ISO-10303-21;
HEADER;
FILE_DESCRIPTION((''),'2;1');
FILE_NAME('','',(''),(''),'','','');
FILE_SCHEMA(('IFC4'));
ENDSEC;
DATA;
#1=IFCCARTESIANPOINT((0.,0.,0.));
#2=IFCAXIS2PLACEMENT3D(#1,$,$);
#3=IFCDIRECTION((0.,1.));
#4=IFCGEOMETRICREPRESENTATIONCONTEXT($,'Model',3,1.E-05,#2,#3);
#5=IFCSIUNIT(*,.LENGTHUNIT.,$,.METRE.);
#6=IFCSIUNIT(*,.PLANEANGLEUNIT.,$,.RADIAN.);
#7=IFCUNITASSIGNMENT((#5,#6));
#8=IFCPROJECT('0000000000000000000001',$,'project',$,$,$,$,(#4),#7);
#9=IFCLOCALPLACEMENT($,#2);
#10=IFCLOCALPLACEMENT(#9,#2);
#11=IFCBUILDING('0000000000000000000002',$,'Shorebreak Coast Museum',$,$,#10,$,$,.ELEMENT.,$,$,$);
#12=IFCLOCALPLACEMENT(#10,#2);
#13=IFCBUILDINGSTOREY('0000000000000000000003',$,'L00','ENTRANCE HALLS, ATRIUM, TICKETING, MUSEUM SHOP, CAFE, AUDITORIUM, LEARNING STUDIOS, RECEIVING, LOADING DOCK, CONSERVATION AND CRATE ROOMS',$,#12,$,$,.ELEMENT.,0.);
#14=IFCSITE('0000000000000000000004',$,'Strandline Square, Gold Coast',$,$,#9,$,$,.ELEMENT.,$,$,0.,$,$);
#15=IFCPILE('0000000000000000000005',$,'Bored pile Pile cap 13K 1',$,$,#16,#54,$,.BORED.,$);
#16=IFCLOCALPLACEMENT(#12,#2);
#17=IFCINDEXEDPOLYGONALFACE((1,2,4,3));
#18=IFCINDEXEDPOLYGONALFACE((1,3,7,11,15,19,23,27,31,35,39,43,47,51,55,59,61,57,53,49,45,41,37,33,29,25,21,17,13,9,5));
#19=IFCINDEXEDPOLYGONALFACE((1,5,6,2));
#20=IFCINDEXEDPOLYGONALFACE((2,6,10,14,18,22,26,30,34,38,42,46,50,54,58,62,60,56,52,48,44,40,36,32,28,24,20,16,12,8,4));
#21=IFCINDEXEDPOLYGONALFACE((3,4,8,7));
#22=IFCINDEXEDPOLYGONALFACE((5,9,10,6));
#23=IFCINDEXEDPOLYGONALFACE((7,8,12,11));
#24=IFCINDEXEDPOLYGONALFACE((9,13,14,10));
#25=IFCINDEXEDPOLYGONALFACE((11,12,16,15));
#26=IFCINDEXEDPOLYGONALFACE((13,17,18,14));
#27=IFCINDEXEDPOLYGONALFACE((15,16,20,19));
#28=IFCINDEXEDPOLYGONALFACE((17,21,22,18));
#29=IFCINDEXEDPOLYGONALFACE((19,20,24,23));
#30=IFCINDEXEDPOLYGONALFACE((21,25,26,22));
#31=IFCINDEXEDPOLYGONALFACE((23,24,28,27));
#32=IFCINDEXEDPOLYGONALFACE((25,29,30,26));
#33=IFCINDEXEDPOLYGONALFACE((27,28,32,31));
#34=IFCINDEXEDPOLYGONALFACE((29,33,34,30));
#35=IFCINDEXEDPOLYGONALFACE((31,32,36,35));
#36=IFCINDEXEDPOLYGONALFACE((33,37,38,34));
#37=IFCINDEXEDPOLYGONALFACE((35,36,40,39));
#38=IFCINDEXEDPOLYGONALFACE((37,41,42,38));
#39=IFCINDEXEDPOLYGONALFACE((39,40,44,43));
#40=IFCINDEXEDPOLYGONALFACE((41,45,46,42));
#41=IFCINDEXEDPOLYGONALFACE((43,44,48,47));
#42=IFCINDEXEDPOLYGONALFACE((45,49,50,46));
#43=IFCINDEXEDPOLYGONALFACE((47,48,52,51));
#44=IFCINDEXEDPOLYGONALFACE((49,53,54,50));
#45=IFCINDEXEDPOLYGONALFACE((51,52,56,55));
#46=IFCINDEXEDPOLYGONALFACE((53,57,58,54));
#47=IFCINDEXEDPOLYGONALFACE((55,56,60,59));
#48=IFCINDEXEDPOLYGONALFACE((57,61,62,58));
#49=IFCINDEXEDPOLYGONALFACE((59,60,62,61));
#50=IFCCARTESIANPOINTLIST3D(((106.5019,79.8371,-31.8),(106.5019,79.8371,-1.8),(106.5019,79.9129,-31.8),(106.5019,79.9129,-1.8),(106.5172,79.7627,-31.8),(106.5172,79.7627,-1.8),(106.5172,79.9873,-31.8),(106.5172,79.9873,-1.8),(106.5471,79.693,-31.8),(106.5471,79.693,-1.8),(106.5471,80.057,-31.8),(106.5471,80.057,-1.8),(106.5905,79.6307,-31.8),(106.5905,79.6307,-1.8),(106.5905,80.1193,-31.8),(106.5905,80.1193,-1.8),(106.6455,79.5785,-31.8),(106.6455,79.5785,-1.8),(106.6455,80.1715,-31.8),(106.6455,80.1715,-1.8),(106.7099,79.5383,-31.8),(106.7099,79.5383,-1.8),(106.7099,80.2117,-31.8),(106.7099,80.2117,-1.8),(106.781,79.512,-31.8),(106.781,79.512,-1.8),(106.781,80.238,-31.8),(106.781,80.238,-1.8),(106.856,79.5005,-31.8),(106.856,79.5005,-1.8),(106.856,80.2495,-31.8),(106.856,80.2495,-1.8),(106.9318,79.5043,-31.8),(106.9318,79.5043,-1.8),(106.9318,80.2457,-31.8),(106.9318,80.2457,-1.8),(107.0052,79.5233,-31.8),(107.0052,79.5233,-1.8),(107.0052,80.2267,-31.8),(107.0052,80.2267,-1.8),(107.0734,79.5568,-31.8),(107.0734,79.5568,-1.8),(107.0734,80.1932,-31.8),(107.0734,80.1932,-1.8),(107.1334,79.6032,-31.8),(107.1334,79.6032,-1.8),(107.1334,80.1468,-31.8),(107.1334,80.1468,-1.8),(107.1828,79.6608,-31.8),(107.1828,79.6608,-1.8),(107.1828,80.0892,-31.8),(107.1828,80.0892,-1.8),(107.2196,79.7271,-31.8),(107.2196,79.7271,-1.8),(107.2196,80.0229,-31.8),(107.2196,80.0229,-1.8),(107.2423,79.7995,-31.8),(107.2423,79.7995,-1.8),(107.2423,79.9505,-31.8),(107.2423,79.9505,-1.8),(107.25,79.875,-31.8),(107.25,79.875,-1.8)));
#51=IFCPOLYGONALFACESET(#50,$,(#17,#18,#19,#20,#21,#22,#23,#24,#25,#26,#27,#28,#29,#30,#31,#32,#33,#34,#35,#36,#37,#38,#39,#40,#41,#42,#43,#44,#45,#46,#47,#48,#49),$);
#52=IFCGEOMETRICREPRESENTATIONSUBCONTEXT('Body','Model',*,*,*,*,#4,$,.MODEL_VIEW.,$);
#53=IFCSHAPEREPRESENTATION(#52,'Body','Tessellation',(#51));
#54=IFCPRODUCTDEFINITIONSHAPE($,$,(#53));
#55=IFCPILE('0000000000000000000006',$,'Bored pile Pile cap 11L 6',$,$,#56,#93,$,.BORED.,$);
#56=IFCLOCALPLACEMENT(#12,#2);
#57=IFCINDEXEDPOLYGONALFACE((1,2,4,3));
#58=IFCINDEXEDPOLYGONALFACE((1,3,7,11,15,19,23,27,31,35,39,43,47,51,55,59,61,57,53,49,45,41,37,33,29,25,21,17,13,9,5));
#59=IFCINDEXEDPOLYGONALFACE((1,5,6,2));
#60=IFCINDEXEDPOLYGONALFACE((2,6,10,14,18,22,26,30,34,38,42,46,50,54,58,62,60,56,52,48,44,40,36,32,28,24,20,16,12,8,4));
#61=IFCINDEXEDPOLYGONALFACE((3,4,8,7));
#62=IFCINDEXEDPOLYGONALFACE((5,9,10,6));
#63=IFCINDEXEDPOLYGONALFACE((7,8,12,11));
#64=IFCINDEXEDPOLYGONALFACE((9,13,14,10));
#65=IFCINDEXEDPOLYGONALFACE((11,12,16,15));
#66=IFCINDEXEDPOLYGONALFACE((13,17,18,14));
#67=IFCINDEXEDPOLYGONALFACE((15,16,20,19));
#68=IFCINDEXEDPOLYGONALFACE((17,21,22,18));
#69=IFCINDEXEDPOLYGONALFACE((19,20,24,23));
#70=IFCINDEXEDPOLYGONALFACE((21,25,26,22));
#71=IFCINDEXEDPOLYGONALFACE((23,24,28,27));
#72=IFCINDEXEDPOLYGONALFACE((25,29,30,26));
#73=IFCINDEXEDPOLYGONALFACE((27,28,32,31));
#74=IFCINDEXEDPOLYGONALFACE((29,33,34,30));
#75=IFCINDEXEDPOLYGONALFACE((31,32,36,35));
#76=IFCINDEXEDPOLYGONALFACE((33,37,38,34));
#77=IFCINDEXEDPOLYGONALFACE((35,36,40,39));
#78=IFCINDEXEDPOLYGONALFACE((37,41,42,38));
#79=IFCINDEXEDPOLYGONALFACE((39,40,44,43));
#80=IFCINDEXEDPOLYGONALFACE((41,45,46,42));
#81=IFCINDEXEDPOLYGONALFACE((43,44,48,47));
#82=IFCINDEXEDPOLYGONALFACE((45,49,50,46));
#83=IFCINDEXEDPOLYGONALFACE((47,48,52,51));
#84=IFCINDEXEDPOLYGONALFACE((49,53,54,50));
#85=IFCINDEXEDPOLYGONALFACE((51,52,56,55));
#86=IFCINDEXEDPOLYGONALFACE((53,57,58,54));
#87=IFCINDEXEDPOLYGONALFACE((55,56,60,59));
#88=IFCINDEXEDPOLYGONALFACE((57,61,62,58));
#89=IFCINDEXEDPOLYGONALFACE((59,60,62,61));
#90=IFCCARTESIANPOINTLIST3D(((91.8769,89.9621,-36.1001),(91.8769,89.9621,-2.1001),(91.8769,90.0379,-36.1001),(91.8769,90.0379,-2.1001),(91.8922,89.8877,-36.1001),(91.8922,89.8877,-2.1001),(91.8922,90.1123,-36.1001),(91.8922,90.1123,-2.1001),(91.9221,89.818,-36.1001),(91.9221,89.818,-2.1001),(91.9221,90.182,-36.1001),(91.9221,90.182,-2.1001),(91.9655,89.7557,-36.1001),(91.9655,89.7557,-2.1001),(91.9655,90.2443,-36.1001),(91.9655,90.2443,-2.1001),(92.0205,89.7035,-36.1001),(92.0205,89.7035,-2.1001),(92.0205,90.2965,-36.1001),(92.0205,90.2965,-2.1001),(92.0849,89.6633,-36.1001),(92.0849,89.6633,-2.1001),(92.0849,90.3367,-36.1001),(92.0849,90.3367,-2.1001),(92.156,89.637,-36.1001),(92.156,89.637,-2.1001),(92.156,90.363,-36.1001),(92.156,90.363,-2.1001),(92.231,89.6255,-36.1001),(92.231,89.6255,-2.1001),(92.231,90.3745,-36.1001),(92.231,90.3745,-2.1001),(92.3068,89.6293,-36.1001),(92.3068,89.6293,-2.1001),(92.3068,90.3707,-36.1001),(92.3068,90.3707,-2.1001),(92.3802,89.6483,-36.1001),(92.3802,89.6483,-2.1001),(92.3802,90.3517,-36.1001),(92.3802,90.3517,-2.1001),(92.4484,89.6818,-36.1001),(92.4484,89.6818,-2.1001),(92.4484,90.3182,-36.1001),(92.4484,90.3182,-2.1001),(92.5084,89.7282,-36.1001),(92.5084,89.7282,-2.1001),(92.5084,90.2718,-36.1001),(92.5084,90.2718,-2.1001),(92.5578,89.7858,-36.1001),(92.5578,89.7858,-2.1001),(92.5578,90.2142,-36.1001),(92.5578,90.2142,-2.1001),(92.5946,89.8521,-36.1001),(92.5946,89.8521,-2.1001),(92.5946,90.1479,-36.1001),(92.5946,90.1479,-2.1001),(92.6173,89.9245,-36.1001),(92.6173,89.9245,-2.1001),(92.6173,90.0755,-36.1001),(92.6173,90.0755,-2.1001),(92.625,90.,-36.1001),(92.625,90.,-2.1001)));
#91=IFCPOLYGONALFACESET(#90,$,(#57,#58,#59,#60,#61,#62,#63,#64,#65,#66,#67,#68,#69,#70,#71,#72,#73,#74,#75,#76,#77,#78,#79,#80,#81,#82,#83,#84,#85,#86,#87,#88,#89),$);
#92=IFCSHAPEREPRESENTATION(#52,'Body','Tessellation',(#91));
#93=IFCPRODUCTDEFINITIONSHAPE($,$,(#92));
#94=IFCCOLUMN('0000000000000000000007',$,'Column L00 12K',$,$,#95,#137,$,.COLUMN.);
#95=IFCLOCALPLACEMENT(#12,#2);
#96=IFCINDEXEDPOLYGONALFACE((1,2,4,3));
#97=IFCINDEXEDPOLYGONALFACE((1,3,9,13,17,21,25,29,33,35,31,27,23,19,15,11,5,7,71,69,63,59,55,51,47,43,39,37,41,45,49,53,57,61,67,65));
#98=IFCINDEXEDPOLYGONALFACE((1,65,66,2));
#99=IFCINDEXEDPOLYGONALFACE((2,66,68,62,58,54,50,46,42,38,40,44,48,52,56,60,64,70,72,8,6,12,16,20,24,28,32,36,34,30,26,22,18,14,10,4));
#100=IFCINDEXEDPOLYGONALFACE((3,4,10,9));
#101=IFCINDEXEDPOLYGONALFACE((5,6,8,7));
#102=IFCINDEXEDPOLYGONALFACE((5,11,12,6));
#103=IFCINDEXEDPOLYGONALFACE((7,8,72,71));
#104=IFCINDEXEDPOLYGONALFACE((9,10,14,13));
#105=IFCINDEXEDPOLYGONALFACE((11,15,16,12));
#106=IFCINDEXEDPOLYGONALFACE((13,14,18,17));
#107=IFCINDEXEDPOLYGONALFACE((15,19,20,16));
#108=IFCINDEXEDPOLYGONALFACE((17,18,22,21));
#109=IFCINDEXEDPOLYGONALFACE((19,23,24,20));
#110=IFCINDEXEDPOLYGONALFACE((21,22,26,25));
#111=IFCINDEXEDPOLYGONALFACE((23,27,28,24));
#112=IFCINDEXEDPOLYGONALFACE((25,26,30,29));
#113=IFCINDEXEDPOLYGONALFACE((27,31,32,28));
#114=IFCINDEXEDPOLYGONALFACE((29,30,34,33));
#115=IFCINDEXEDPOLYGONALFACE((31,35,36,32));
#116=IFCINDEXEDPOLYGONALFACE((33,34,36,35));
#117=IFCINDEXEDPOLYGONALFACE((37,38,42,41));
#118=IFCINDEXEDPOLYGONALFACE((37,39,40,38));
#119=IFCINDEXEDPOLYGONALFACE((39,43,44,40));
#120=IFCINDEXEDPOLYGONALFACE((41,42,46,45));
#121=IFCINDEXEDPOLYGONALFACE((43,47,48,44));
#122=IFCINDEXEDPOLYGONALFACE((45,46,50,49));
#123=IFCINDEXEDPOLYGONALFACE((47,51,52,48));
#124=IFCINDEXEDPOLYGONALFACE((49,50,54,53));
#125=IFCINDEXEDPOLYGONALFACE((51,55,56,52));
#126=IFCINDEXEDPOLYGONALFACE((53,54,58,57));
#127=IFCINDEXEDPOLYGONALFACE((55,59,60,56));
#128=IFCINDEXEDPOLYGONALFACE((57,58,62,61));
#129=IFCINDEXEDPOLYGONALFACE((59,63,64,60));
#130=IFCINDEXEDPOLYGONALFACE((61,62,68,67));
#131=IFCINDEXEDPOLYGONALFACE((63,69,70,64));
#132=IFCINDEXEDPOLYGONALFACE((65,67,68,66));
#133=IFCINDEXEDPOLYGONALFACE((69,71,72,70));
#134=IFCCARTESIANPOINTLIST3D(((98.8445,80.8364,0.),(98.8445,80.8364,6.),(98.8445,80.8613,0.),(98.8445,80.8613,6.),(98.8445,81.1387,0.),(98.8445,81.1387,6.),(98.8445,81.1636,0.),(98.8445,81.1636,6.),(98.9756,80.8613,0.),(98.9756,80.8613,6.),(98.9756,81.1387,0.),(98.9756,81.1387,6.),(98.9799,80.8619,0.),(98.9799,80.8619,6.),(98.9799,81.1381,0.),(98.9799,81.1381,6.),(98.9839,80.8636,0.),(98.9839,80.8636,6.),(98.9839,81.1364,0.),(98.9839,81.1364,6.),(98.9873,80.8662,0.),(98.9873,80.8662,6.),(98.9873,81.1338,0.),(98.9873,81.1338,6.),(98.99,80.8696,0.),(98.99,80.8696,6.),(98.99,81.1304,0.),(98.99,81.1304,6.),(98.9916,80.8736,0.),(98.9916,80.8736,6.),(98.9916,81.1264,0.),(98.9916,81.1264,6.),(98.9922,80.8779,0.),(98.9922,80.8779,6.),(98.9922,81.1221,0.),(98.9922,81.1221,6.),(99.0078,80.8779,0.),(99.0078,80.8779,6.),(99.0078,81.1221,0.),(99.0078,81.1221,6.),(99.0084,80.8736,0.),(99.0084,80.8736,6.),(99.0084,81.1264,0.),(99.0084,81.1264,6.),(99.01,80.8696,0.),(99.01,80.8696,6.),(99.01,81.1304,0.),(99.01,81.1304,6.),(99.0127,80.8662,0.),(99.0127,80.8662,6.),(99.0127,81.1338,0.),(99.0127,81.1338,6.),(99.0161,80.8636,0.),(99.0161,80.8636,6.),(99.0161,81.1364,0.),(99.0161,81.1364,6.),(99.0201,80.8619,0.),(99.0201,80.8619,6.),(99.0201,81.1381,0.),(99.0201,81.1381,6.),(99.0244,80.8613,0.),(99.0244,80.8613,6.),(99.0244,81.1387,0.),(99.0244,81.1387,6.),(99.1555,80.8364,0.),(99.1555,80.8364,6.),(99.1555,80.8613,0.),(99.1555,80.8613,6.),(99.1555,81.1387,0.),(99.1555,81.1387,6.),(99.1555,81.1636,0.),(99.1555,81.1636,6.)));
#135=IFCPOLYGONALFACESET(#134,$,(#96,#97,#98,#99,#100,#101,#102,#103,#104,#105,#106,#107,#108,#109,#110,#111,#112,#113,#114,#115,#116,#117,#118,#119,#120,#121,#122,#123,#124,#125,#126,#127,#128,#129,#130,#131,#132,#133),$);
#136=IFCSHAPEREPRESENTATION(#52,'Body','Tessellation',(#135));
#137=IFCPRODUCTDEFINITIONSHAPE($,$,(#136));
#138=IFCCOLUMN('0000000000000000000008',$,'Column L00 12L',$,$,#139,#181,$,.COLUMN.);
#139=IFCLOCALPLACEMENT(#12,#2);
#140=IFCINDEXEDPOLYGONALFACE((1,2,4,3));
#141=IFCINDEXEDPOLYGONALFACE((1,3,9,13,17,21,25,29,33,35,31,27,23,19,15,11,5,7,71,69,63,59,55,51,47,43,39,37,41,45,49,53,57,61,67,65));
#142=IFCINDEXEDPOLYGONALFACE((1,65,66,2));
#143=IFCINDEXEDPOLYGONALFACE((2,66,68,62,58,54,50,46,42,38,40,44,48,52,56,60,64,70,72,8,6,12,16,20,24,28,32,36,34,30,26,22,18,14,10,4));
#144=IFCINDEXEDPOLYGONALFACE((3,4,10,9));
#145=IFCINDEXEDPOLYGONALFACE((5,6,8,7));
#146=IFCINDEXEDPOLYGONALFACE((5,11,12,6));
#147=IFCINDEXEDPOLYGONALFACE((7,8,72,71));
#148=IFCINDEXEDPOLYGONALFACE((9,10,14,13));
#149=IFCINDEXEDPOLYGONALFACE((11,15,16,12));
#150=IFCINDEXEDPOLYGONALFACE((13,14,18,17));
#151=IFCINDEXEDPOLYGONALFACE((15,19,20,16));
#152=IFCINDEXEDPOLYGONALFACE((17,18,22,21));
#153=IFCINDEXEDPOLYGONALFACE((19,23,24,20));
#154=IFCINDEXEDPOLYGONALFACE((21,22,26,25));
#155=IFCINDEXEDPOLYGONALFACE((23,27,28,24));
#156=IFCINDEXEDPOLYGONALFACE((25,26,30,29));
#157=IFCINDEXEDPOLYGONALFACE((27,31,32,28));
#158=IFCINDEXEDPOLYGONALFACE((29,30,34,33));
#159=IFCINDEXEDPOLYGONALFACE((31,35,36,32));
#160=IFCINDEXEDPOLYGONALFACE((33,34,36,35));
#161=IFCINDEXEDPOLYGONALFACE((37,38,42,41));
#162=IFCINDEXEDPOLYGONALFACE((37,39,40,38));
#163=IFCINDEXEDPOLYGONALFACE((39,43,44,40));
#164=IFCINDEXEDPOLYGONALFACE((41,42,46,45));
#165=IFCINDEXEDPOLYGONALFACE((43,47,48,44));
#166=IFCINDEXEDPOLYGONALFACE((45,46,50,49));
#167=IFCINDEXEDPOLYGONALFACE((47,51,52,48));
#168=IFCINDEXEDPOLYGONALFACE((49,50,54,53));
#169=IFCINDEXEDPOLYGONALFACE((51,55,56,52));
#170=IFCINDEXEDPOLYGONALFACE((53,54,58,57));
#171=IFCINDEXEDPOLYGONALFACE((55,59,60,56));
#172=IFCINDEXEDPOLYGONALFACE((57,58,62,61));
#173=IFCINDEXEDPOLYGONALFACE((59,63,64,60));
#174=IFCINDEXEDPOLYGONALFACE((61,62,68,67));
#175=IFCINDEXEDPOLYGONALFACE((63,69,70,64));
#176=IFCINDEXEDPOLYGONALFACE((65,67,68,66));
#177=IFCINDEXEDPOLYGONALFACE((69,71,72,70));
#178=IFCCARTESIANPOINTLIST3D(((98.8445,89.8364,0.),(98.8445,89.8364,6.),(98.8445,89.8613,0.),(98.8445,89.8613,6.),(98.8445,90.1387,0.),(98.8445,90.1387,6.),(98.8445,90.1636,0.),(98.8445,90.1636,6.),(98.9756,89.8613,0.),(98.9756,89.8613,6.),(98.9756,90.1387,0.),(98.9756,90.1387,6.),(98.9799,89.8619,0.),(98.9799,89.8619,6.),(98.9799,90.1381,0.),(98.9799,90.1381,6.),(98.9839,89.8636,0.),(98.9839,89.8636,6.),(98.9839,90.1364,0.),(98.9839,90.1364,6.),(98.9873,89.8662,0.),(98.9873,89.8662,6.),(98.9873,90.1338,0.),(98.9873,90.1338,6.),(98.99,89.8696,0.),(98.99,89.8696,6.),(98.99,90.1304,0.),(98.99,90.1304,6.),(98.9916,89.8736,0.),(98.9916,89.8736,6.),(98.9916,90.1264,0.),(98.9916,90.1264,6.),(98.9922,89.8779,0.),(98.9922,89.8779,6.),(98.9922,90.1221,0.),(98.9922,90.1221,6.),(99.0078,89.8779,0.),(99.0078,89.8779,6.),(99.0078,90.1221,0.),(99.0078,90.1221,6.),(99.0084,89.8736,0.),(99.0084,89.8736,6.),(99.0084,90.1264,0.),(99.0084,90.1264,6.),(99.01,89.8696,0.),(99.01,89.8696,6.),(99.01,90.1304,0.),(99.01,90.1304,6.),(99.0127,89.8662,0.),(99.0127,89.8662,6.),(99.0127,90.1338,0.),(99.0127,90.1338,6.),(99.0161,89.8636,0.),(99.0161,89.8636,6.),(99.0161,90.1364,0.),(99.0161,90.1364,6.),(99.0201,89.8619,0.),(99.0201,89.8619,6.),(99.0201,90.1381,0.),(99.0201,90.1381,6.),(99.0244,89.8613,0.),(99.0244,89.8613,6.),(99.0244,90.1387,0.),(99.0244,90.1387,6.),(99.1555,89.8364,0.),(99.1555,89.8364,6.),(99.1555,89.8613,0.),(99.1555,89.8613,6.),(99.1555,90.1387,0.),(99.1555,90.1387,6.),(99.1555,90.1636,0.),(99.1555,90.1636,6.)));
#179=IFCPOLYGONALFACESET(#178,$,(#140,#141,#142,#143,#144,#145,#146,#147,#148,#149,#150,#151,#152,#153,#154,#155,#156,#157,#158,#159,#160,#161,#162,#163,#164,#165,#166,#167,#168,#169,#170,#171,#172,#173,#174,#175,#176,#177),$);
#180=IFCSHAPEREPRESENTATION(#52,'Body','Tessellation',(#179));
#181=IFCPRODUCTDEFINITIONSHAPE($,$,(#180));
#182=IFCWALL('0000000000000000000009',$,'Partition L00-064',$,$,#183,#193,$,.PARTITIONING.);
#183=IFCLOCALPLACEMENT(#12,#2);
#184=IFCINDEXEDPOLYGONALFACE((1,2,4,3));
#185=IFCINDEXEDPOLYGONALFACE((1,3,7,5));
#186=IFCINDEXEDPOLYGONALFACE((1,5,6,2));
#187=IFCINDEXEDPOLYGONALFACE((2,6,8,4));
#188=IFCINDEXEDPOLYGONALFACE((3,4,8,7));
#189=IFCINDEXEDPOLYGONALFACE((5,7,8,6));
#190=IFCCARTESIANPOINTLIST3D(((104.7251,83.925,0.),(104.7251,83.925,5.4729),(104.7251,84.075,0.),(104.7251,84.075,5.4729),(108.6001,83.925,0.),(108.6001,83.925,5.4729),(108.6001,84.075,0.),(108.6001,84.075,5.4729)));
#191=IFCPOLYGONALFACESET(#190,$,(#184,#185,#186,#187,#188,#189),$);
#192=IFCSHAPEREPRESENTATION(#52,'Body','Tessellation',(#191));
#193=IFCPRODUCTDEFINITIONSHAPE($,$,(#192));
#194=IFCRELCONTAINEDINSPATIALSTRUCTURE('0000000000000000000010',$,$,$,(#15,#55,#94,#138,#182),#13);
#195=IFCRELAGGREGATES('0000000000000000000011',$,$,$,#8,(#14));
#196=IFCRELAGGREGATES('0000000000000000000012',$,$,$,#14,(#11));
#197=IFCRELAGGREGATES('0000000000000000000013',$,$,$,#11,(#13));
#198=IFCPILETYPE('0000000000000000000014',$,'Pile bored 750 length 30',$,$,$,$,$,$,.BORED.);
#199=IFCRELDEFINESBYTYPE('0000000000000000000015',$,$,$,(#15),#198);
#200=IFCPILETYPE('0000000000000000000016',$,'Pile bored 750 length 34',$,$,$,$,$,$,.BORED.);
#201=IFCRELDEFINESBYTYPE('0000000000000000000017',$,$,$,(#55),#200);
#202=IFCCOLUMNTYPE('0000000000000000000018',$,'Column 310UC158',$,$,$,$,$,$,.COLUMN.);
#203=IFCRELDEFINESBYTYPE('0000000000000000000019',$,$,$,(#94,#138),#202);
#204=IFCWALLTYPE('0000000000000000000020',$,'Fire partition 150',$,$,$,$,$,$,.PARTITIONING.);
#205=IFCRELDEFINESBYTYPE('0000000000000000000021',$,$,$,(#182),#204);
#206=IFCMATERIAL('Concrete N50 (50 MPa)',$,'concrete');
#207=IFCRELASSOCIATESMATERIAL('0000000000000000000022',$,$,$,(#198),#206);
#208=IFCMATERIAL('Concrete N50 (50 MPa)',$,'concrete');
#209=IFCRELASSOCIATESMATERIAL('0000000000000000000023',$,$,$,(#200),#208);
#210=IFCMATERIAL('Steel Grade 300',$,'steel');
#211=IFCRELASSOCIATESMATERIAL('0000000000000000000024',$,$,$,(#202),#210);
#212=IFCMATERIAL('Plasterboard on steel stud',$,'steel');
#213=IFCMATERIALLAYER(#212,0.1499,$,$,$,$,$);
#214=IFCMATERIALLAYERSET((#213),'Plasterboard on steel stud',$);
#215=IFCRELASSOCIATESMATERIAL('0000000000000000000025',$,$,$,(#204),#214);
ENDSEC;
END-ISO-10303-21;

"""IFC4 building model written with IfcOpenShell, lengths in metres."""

from ifc_helpers import new_model, si_unit, direction, frame, frame_2d, origin, origin_2d, place, context, subcontext, project, spatial, rectangle, circle, i_section, extrude, material, layer, layer_set, material_profile, profile_set, type_object, element, save


model = new_model("IFC4")

# Units and contexts
model_context = context("Model", 3, precision=1e-05, world=origin(), true_north=direction((0.0, 1.0)))
body_context = subcontext(model_context, "Body", "Model", "MODEL_VIEW")
ifc_project = project(units=[si_unit("LENGTHUNIT", "METRE"), si_unit("PLANEANGLEUNIT", "RADIAN")], contexts=[model_context])

# Site, building, storey
site_placement = place(None, origin())
site = spatial("IfcSite", under=ifc_project, at=site_placement, Name="Strandline Square, Gold Coast", CompositionType="ELEMENT", RefElevation=0.0)
building_placement = place(site_placement, origin())
building = spatial("IfcBuilding", under=site, at=building_placement, Name="Shorebreak Coast Museum", CompositionType="ELEMENT")
storey_placement = place(building_placement, origin())
storey = spatial("IfcBuildingStorey", under=building, at=storey_placement, Name="L00", Description="ENTRANCE HALLS, ATRIUM, TICKETING, MUSEUM SHOP, CAFE, AUDITORIUM, LEARNING STUDIOS, RECEIVING, LOADING DOCK, CONSERVATION AND CRATE ROOMS", CompositionType="ELEMENT", Elevation=0.0)

# Piles
ifc_material_1 = material(Name="Concrete N50 (50 MPa)", Category="concrete")
ifc_material_profile_1 = material_profile(ifc_material_1, circle(Radius=0.375, at=origin_2d()), Name="Pile bored 750 length 30")
ifc_profile_set_1 = profile_set([ifc_material_profile_1], Name="Concrete N50 (50 MPa)")
pile_type_1 = type_object("IfcPileType", Name="Pile bored 750 length 30", PredefinedType="BORED", material=ifc_profile_set_1)
pile_1_placement = place(storey_placement, frame((106.875, 79.875, -1.8), z_axis=(0.0, 0.0, -1.0), x_axis=(1.0, 0.0, 0.0)))
element("IfcPile", 1, at=pile_1_placement, inside=storey, type_object=pile_type_1, Name="Bored pile Pile cap 13K 1", PredefinedType="BORED", context=body_context, shape_type="SweptSolid", body=[
    extrude(circle(Radius=0.375, at=origin_2d()), origin(), (0.0, 0.0, 1.0), 30.0),
])
ifc_material_2 = material(Name="Concrete N50 (50 MPa)", Category="concrete")
ifc_material_profile_2 = material_profile(ifc_material_2, circle(Radius=0.375, at=origin_2d()), Name="Pile bored 750 length 34")
ifc_profile_set_2 = profile_set([ifc_material_profile_2], Name="Concrete N50 (50 MPa)")
pile_type_2 = type_object("IfcPileType", Name="Pile bored 750 length 34", PredefinedType="BORED", material=ifc_profile_set_2)
pile_2_placement = place(storey_placement, frame((92.25, 90.0, -2.1001), z_axis=(0.0, 0.0, -1.0), x_axis=(1.0, 0.0, 0.0)))
element("IfcPile", 2, at=pile_2_placement, inside=storey, type_object=pile_type_2, Name="Bored pile Pile cap 11L 6", PredefinedType="BORED", context=body_context, shape_type="SweptSolid", body=[
    extrude(circle(Radius=0.375, at=origin_2d()), origin(), (0.0, 0.0, 1.0), 34.0),
])

# Columns
ifc_material_3 = material(Name="Steel Grade 300", Category="steel")
ifc_material_profile_3 = material_profile(ifc_material_3, i_section(OverallWidth=0.311, OverallDepth=0.3271, WebThickness=0.0156, FlangeThickness=0.0249, FilletRadius=0.0166, at=origin_2d()), Name="310UC158")
ifc_profile_set_3 = profile_set([ifc_material_profile_3], Name="Steel Grade 300")
column_type = type_object("IfcColumnType", Name="Column 310UC158", PredefinedType="COLUMN", material=ifc_profile_set_3)
for number, where, z_axis, x_axis, name in (
    (3, (99.0, 81.0, 0.0), (0.0, 0.0, 1.0), (1.0, 0.0, 0.0), "Column L00 12K"),
    (4, (99.0, 90.0, 0.0), (0.0, 0.0, 1.0), (1.0, 0.0, 0.0), "Column L00 12L"),
):
    element("IfcColumn", number, at=place(storey_placement, frame(where, z_axis=z_axis, x_axis=x_axis)), inside=storey, type_object=column_type, Name=name, PredefinedType="COLUMN", context=body_context, shape_type="SweptSolid", body=[
        extrude(i_section(OverallWidth=0.311, OverallDepth=0.3271, WebThickness=0.0156, FlangeThickness=0.0249, FilletRadius=0.0166, at=origin_2d()), origin(), (0.0, 0.0, 1.0), 6.0),
    ])

# Wall
ifc_material_4 = material(Name="Plasterboard on steel stud", Category="steel")
ifc_layer_1 = layer(ifc_material_4, 0.1499)
ifc_layer_set_1 = layer_set([ifc_layer_1], Name="Plasterboard on steel stud")
wall_type_1 = type_object("IfcWallType", Name="Fire partition 150", PredefinedType="PARTITIONING", material=ifc_layer_set_1)
wall_1_placement = place(storey_placement, frame((104.7251, 84.0, 0.0), z_axis=(0.0, 0.0, 1.0), x_axis=(1.0, 0.0, 0.0)))
element("IfcWall", 5, at=wall_1_placement, inside=storey, type_object=wall_type_1, Name="Partition L00-064", PredefinedType="PARTITIONING", context=body_context, shape_type="SweptSolid", body=[
    extrude(rectangle(XDim=3.875, YDim=0.1499, at=frame_2d((1.9375, 0.0))), origin(), (0.0, 0.0, 1.0), 5.4729),
])

save(model, "model.ifc")
